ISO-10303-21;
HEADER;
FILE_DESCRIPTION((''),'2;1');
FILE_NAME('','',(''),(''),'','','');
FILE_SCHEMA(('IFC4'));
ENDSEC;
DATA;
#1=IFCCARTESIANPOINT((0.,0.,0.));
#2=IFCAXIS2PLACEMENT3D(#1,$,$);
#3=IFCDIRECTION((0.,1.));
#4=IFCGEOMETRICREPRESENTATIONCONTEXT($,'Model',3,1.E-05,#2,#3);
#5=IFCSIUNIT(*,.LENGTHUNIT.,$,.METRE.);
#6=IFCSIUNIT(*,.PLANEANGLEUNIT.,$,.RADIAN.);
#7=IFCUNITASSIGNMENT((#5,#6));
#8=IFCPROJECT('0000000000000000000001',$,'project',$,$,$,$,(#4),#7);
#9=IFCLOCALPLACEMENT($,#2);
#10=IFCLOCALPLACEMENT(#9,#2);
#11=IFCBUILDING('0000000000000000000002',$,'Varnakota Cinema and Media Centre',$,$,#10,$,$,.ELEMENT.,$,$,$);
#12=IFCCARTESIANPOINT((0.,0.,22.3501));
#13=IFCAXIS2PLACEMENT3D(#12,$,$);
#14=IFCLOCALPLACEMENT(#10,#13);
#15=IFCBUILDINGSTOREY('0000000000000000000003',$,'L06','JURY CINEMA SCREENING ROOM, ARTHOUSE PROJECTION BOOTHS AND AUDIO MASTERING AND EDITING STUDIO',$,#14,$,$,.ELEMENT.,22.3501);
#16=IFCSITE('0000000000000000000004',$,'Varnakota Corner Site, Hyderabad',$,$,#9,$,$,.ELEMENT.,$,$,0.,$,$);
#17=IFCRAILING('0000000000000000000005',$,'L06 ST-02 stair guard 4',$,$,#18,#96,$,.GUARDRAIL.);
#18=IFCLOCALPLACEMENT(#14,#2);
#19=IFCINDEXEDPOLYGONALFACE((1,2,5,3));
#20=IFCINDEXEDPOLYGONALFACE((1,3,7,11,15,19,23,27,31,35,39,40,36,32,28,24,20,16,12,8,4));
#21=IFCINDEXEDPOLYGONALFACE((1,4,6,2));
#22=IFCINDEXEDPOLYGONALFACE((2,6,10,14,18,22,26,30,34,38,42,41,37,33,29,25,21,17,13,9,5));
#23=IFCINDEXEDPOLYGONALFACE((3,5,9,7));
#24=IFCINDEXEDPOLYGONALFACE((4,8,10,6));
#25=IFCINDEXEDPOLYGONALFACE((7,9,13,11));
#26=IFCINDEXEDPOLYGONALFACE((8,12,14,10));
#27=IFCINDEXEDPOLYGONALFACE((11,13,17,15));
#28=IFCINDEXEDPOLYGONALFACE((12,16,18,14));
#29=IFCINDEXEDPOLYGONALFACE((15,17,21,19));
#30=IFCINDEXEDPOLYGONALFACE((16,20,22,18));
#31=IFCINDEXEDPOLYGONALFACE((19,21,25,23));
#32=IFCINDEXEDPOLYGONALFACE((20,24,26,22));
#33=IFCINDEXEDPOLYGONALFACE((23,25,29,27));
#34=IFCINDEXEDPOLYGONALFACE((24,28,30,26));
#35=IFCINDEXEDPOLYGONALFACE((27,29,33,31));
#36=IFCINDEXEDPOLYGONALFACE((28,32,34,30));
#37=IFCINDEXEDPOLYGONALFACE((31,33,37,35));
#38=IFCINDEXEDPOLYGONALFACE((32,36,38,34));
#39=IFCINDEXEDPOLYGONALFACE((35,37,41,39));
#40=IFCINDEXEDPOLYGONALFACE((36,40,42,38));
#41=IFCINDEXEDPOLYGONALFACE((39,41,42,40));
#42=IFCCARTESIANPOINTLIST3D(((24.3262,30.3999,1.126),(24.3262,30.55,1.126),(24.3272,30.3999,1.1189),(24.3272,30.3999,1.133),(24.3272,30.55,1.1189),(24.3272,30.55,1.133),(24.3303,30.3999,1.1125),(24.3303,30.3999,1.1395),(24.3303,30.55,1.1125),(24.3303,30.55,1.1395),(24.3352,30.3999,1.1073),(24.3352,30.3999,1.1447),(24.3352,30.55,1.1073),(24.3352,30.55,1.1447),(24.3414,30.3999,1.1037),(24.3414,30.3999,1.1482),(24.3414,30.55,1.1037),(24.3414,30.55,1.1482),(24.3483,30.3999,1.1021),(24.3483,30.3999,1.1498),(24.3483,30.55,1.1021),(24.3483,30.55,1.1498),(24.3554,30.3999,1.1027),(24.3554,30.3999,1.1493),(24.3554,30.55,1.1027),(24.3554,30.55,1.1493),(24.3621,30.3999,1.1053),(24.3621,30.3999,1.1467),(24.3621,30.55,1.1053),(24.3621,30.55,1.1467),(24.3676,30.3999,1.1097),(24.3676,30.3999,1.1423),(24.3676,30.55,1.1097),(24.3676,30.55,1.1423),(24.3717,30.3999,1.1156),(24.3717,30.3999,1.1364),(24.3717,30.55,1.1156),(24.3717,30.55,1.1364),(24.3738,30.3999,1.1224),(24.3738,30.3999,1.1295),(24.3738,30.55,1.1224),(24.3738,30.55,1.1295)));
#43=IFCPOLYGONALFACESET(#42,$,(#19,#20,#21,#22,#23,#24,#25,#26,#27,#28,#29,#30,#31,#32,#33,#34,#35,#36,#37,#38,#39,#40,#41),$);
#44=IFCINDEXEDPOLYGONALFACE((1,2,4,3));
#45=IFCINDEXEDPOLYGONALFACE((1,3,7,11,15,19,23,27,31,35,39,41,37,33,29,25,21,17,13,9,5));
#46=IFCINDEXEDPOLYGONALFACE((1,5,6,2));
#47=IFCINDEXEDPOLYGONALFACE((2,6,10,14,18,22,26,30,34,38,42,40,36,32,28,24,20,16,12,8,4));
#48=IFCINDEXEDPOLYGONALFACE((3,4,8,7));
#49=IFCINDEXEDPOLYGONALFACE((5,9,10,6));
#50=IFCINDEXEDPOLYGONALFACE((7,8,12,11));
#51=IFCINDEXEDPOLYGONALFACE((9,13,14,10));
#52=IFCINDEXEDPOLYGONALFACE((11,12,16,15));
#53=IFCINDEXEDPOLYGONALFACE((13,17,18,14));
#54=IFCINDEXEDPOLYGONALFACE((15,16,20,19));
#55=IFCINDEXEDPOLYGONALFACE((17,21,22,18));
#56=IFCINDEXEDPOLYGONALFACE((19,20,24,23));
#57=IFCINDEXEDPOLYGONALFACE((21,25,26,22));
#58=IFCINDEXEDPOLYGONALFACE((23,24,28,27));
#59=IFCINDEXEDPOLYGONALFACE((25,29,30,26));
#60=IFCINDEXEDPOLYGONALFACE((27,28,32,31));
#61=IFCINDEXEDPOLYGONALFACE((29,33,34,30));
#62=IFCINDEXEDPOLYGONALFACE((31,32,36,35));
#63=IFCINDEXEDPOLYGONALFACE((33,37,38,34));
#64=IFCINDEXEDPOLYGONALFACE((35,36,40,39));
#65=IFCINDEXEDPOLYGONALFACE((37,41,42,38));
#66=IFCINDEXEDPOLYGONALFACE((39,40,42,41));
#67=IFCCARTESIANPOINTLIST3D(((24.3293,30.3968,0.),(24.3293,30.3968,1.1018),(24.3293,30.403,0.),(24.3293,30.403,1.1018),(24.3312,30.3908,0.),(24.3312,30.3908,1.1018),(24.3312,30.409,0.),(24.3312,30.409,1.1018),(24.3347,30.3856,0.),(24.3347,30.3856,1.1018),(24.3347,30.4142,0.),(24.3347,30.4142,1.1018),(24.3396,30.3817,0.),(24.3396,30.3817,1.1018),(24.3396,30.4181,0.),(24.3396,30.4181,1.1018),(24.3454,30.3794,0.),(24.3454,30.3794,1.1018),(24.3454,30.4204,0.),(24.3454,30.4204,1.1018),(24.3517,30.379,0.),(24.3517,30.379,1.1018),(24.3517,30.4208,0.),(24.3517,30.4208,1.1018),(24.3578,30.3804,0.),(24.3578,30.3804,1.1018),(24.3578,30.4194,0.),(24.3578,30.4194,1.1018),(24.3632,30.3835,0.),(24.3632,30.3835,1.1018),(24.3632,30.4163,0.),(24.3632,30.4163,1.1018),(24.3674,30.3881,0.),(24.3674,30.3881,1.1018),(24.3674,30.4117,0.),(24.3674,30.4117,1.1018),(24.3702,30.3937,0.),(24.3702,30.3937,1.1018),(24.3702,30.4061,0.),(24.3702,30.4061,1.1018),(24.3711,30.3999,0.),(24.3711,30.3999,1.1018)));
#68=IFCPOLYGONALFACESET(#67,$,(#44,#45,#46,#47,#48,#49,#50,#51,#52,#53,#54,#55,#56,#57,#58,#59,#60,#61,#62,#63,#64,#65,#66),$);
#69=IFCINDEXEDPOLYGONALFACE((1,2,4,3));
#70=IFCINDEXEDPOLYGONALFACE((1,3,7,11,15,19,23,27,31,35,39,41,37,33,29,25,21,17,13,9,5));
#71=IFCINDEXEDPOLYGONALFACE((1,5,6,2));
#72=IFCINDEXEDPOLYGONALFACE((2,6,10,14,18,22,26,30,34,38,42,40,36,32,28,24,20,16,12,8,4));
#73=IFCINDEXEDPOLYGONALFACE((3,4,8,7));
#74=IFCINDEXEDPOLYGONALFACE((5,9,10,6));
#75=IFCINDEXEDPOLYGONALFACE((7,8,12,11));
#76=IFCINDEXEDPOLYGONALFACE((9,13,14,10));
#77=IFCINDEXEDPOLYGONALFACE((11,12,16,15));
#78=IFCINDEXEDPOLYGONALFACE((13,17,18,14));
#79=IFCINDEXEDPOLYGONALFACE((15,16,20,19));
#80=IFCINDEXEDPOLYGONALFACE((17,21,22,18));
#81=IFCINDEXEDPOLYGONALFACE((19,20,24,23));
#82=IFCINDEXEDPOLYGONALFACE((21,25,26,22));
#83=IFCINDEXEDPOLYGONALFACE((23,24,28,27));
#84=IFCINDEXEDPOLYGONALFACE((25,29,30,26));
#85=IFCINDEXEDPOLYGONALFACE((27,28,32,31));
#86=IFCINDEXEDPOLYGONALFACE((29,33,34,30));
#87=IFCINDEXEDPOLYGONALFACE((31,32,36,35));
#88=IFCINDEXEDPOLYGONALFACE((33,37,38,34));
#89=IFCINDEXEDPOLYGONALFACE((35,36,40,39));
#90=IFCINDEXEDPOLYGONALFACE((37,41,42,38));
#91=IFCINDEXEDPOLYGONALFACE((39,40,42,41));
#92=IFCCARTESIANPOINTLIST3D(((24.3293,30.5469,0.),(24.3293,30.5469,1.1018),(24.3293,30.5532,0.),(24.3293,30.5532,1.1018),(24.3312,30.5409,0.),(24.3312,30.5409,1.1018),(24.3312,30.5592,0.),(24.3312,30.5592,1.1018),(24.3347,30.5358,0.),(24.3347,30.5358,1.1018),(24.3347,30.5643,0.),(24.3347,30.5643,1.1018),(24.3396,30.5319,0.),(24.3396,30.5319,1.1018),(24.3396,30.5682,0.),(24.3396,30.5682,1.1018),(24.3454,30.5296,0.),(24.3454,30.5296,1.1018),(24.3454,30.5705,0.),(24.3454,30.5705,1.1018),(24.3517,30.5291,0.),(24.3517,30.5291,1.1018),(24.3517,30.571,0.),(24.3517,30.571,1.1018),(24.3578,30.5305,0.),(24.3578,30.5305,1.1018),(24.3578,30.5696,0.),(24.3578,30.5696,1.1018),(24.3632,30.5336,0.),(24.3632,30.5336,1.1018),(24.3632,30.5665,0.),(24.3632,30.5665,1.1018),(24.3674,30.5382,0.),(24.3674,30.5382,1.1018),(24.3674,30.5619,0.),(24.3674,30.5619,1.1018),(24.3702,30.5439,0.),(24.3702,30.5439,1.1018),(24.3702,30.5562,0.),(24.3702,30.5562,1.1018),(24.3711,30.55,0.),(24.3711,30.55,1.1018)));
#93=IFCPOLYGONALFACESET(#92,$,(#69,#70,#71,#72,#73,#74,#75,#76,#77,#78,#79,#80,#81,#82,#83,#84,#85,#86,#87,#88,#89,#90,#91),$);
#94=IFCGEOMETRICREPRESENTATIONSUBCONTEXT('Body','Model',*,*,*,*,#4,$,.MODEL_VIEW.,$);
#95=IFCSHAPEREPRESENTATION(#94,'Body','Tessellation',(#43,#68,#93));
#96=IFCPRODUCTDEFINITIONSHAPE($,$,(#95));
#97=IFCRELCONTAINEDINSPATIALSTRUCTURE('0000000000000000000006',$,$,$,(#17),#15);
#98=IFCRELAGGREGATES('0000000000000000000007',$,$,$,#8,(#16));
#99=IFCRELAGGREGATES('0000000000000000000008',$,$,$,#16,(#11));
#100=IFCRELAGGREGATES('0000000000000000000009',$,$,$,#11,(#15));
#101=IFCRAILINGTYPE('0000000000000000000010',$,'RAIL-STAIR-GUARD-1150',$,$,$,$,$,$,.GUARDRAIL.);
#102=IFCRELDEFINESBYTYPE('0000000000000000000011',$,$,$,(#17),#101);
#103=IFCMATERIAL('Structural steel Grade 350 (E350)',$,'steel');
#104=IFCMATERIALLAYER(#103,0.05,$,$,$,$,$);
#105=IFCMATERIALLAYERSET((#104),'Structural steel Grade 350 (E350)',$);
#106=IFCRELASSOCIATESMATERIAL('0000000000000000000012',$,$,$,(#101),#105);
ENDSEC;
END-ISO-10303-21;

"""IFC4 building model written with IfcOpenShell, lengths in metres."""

from ifc_helpers import new_model, si_unit, direction, frame, origin, origin_2d, place, context, subcontext, project, spatial, circle, extrude, material, layer, layer_set, type_object, element, save


model = new_model("IFC4")

# Units and contexts
model_context = context("Model", 3, precision=1e-05, world=origin(), true_north=direction((0.0, 1.0)))
body_context = subcontext(model_context, "Body", "Model", "MODEL_VIEW")
ifc_project = project(units=[si_unit("LENGTHUNIT", "METRE"), si_unit("PLANEANGLEUNIT", "RADIAN")], contexts=[model_context])

# Site, building, storey
site_placement = place(None, origin())
site = spatial("IfcSite", under=ifc_project, at=site_placement, Name="Varnakota Corner Site, Hyderabad", CompositionType="ELEMENT", RefElevation=0.0)
building_placement = place(site_placement, origin())
building = spatial("IfcBuilding", under=site, at=building_placement, Name="Varnakota Cinema and Media Centre", CompositionType="ELEMENT")
storey_placement = place(building_placement, frame((0.0, 0.0, 22.3501)))
storey = spatial("IfcBuildingStorey", under=building, at=storey_placement, Name="L06", Description="JURY CINEMA SCREENING ROOM, ARTHOUSE PROJECTION BOOTHS AND AUDIO MASTERING AND EDITING STUDIO", CompositionType="ELEMENT", Elevation=22.3501)

# Railing
ifc_material_1 = material(Name="Structural steel Grade 350 (E350)", Category="steel")
ifc_layer_1 = layer(ifc_material_1, 0.05)
ifc_layer_set_1 = layer_set([ifc_layer_1], Name="Structural steel Grade 350 (E350)")
railing_type_1 = type_object("IfcRailingType", Name="RAIL-STAIR-GUARD-1150", PredefinedType="GUARDRAIL", material=ifc_layer_set_1)
railing_1_placement = place(storey_placement, frame((24.3501, 30.3999, 0.0)))
element("IfcRailing", 1, at=railing_1_placement, inside=storey, type_object=railing_type_1, Name="L06 ST-02 stair guard 4", PredefinedType="GUARDRAIL", context=body_context, shape_type="SweptSolid", body=[
    extrude(circle(Radius=0.0239, at=origin_2d()), frame((0.0, 0.0, 1.126), z_axis=(0.0, 1.0, 0.0), x_axis=(-1.0, 0.0, 0.0)), (0.0, 0.0, 1.0), 0.1501),
    extrude(circle(Radius=0.021, at=origin_2d()), origin(), (0.0, 0.0, 1.0), 1.1018),
    extrude(circle(Radius=0.021, at=origin_2d()), frame((0.0, 0.1501, 0.0)), (0.0, 0.0, 1.0), 1.1018),
])

save(model, "model.ifc")
